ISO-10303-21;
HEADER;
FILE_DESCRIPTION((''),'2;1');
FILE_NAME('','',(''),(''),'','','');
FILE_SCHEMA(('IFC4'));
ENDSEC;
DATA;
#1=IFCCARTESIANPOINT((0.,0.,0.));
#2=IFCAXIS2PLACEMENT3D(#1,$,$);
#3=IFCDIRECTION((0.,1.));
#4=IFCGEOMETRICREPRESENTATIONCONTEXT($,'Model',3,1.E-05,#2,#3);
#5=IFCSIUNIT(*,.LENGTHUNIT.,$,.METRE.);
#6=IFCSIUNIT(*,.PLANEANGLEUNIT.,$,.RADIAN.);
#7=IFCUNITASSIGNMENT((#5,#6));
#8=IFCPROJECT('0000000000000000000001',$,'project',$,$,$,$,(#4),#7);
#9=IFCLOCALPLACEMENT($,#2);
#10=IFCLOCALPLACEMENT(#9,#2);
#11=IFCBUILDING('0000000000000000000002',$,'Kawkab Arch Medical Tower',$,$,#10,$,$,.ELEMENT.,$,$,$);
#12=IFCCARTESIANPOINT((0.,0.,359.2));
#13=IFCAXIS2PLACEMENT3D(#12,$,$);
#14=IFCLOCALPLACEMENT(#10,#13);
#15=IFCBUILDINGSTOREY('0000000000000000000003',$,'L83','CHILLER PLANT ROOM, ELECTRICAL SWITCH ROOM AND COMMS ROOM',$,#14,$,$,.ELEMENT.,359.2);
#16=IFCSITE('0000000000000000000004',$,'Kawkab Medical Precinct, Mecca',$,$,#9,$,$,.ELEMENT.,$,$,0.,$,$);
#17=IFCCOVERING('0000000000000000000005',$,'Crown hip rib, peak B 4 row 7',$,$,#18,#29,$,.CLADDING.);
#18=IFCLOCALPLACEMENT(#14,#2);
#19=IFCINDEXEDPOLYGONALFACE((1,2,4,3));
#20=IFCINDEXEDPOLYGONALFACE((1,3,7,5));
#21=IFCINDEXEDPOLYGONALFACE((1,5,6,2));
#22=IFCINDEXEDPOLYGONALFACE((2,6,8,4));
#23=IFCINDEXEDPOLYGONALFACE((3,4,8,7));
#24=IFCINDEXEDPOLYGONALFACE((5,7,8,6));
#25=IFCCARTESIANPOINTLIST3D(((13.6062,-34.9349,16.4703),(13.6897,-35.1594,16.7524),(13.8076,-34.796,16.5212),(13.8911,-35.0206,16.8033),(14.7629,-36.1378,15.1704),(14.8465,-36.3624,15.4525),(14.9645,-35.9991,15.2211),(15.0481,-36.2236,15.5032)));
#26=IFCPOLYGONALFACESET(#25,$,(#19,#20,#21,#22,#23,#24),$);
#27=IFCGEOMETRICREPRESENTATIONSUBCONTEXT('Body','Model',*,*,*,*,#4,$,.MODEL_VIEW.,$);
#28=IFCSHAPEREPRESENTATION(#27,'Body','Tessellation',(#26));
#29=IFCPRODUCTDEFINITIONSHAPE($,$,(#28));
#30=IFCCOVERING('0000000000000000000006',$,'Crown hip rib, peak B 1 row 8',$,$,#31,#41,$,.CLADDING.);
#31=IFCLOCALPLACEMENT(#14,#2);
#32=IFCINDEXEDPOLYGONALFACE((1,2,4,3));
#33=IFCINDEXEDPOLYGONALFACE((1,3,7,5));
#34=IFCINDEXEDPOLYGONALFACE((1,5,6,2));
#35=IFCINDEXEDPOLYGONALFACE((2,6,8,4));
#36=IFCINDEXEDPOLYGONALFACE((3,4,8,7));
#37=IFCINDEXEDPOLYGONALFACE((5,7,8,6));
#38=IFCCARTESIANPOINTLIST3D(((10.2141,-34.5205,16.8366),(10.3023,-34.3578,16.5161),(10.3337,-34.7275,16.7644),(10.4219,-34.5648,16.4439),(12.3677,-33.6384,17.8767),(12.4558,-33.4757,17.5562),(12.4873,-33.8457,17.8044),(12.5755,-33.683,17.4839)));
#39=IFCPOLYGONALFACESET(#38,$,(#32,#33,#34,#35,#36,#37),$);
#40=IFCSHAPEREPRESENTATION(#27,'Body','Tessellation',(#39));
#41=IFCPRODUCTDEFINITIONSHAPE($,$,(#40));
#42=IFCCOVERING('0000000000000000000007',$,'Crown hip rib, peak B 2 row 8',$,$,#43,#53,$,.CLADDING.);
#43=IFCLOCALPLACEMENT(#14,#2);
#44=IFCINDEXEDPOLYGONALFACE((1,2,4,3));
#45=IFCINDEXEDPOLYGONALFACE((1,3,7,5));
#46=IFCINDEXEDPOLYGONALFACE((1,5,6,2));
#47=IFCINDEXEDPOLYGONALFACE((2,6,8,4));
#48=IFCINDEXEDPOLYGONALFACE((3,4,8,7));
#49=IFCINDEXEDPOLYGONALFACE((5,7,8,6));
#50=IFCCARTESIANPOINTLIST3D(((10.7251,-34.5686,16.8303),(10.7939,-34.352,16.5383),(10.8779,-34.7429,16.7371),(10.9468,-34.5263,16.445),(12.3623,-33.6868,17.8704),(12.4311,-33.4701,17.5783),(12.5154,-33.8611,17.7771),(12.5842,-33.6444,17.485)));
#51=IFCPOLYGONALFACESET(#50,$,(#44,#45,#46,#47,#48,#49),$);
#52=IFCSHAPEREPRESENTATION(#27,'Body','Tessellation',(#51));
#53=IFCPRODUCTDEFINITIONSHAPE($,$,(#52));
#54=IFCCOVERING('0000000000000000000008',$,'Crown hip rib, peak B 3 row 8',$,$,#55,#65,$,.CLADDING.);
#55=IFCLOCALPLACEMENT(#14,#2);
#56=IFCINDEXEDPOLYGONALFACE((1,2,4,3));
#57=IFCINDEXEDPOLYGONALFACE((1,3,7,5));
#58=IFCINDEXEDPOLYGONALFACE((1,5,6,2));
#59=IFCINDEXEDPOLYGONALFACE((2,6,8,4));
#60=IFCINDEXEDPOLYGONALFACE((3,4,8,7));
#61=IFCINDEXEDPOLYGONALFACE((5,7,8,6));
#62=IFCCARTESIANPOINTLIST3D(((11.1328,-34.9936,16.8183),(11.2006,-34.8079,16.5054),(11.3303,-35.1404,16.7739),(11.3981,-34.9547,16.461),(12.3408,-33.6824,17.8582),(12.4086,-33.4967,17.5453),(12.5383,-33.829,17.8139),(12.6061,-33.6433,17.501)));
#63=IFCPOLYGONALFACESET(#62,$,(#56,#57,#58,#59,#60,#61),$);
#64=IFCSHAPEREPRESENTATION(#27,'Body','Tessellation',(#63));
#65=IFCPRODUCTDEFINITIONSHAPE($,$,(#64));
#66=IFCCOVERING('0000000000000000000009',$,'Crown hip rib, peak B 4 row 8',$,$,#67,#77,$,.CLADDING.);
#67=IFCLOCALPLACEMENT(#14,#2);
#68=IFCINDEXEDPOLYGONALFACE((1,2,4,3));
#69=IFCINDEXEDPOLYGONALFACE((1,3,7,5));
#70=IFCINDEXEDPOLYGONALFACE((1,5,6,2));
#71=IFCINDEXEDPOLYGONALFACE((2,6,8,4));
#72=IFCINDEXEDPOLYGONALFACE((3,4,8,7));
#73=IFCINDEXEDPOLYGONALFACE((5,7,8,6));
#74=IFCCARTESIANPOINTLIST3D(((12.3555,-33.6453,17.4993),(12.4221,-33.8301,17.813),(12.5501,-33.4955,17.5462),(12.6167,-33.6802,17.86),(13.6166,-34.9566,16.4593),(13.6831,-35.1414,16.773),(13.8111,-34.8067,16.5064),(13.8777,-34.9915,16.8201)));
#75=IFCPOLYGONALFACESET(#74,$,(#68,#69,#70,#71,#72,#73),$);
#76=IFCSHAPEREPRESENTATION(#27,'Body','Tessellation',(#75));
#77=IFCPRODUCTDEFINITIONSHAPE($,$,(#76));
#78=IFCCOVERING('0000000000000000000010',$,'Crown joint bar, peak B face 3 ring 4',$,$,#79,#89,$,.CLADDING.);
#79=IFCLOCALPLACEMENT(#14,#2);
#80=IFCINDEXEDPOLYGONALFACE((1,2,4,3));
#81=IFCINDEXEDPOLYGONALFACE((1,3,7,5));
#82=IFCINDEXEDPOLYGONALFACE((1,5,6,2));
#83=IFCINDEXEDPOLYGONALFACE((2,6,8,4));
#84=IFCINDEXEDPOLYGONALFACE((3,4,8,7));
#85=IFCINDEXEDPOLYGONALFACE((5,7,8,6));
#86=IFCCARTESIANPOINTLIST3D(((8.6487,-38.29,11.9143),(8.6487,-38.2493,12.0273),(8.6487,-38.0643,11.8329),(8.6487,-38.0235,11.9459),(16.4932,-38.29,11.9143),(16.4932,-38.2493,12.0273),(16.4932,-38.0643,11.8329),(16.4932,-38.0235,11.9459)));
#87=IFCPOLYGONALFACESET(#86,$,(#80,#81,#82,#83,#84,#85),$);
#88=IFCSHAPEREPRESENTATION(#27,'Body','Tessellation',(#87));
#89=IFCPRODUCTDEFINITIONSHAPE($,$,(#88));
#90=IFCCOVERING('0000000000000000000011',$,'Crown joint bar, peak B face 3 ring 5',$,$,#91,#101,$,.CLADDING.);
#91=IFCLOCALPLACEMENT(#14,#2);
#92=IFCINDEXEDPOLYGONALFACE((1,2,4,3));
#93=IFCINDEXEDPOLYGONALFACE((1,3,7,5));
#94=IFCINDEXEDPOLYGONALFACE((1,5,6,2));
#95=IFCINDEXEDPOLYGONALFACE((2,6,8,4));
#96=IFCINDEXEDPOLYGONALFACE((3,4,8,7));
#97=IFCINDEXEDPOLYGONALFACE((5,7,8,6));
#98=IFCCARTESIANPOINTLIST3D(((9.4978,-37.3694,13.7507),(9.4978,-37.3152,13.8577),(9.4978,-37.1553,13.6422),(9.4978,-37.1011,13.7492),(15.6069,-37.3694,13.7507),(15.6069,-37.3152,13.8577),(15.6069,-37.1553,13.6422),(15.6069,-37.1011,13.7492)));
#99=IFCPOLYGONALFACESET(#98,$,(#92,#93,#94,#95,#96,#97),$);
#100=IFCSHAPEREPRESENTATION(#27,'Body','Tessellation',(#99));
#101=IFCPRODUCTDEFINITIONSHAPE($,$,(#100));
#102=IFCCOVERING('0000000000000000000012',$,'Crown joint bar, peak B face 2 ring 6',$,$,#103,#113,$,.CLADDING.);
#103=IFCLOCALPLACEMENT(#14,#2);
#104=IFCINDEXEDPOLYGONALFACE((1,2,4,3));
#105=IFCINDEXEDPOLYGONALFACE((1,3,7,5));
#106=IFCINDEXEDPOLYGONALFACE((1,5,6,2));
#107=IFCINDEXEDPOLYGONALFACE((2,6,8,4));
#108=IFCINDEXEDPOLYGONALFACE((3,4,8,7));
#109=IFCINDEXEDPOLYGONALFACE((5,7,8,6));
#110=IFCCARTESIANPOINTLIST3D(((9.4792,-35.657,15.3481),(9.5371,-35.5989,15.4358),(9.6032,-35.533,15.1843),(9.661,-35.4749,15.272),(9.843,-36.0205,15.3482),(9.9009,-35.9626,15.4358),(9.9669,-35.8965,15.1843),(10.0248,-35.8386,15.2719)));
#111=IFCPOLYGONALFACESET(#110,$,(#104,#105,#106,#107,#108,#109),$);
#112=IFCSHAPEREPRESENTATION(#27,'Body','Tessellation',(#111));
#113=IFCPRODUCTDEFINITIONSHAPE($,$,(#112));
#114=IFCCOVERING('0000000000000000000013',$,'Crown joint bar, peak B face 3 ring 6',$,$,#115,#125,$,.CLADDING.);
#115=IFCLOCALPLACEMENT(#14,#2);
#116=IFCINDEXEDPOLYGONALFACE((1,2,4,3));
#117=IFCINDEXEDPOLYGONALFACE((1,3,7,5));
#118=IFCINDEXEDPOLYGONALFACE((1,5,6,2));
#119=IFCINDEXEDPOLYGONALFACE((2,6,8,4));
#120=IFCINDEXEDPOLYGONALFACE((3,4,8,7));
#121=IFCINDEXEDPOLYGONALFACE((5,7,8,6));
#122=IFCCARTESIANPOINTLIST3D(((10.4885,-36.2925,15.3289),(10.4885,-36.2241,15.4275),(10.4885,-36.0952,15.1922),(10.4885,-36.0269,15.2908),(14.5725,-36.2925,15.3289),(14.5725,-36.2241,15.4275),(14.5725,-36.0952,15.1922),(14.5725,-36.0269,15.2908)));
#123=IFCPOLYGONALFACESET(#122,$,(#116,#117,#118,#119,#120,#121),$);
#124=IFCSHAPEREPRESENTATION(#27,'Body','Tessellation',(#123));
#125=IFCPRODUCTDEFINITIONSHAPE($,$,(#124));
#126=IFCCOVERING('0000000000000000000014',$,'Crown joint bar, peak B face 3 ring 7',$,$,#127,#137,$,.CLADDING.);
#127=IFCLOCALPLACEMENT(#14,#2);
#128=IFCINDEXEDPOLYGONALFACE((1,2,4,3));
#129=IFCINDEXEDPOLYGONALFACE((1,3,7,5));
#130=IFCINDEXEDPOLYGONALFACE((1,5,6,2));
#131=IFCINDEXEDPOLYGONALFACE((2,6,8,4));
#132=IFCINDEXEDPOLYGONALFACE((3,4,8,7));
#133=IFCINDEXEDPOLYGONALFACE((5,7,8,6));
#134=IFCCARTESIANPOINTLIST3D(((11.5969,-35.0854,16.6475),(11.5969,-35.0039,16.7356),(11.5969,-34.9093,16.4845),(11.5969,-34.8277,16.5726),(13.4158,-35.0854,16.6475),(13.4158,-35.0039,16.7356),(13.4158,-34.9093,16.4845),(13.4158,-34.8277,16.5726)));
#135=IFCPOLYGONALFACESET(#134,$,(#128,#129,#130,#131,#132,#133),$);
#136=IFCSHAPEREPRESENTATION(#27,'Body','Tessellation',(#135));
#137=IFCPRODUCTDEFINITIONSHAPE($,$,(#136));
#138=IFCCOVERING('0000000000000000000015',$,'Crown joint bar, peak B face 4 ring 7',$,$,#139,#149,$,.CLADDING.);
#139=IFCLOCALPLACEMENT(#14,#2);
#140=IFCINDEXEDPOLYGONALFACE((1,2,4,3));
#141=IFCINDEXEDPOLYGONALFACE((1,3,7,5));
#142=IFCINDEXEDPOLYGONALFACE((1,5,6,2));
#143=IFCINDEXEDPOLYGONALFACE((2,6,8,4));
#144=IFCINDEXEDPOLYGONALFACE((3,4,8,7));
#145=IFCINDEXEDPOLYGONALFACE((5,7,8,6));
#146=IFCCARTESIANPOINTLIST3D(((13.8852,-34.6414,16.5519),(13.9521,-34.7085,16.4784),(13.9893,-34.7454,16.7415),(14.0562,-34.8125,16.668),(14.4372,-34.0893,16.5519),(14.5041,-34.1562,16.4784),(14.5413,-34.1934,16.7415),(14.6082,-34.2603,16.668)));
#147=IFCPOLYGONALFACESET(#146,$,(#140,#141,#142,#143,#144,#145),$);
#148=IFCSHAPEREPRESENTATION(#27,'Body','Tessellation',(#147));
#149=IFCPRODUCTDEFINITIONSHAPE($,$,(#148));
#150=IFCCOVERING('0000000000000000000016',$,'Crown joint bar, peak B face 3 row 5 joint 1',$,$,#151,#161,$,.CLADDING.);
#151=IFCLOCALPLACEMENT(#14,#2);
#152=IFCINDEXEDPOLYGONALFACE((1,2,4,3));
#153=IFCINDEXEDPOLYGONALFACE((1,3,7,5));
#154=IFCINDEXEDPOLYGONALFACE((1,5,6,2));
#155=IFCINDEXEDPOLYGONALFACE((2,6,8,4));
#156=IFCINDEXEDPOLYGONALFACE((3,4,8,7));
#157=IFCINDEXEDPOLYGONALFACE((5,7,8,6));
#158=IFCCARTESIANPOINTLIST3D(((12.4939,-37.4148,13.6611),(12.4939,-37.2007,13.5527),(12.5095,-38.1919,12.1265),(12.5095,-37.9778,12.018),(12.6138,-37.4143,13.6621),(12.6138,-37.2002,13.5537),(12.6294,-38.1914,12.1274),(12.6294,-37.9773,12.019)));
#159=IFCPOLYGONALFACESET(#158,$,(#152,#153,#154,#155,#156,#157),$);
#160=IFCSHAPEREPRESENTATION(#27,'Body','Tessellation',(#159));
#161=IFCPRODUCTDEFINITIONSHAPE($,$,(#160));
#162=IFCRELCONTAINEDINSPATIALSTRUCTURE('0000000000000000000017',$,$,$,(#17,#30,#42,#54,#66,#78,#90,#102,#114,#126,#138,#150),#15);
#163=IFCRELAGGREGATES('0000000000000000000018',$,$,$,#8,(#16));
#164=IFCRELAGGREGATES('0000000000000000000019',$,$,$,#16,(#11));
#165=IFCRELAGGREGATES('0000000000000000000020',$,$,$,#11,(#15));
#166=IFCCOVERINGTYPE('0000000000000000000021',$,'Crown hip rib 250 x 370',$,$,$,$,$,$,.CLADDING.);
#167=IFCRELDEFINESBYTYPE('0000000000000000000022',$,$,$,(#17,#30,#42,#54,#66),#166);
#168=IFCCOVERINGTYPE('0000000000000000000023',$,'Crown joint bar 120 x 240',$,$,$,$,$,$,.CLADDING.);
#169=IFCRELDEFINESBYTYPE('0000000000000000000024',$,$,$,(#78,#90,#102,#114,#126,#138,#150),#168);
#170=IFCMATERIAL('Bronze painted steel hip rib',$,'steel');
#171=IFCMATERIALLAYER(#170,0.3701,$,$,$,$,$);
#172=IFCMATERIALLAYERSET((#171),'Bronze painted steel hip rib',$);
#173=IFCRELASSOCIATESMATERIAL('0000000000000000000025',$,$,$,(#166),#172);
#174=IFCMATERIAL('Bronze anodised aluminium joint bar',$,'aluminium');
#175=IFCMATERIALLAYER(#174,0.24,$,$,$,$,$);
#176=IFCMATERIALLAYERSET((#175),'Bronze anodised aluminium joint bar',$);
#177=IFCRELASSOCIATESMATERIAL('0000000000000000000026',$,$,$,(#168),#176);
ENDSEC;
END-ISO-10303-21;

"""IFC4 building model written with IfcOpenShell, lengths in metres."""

from ifc_helpers import new_model, si_unit, direction, frame, origin, place, context, subcontext, project, spatial, polyline, outline, extrude, material, layer, layer_set, type_object, element, save


model = new_model("IFC4")

# Units and contexts
model_context = context("Model", 3, precision=1e-05, world=origin(), true_north=direction((0.0, 1.0)))
body_context = subcontext(model_context, "Body", "Model", "MODEL_VIEW")
ifc_project = project(units=[si_unit("LENGTHUNIT", "METRE"), si_unit("PLANEANGLEUNIT", "RADIAN")], contexts=[model_context])

# Site, building, storey
site_placement = place(None, origin())
site = spatial("IfcSite", under=ifc_project, at=site_placement, Name="Kawkab Medical Precinct, Mecca", CompositionType="ELEMENT", RefElevation=0.0)
building_placement = place(site_placement, origin())
building = spatial("IfcBuilding", under=site, at=building_placement, Name="Kawkab Arch Medical Tower", CompositionType="ELEMENT")
storey_placement = place(building_placement, frame((0.0, 0.0, 359.2)))
storey = spatial("IfcBuildingStorey", under=building, at=storey_placement, Name="L83", Description="CHILLER PLANT ROOM, ELECTRICAL SWITCH ROOM AND COMMS ROOM", CompositionType="ELEMENT", Elevation=359.2)

# Coverings
ifc_material_1 = material(Name="Bronze painted steel hip rib", Category="steel")
ifc_layer_1 = layer(ifc_material_1, 0.3701)
ifc_layer_set_1 = layer_set([ifc_layer_1], Name="Bronze painted steel hip rib")
covering_type_1 = type_object("IfcCoveringType", Name="Crown hip rib 250 x 370", PredefinedType="CLADDING", material=ifc_layer_set_1)
covering_1_placement = place(storey_placement, frame((15.0481, -36.2236, 15.5032), z_axis=(0.225729, -0.606659, 0.762241), x_axis=(-0.546841, 0.568632, 0.61451)))
element("IfcCovering", 1, at=covering_1_placement, inside=storey, type_object=covering_type_1, Name="Crown hip rib, peak B 4 row 7", PredefinedType="CLADDING", context=body_context, shape_type="SweptSolid", body=[
    extrude(outline(polyline([(0.0, 0.0), (2.1157, 0.0), (2.1157, 0.2499), (0.0002, 0.25), (0.0, 0.0)])), origin(), (0.0, 0.0, -1.0), 0.3701),
])
covering_2_placement = place(storey_placement, frame((10.3337, -34.7275, 16.7644), z_axis=(-0.238177, -0.439654, 0.866012), x_axis=(0.844887, 0.345969, 0.408008)))
element("IfcCovering", 2, at=covering_2_placement, inside=storey, type_object=covering_type_1, Name="Crown hip rib, peak B 1 row 8", PredefinedType="CLADDING", context=body_context, shape_type="SweptSolid", body=[
    extrude(outline(polyline([(0.0, 0.0), (2.549, 0.0), (2.5491, 0.25), (0.0, 0.2498), (0.0, 0.0)])), origin(), (0.0, 0.0, -1.0), 0.3701),
])
covering_3_placement = place(storey_placement, frame((10.8779, -34.7429, 16.7371), z_axis=(-0.185982, -0.585388, 0.789134), x_axis=(0.768444, 0.413834, 0.488093)))
element("IfcCovering", 3, at=covering_3_placement, inside=storey, type_object=covering_type_1, Name="Crown hip rib, peak B 2 row 8", PredefinedType="CLADDING", context=body_context, shape_type="SweptSolid", body=[
    extrude(outline(polyline([(0.0, 0.0), (2.1309, 0.0), (2.1309, 0.25), (0.0002, 0.2499), (0.0, 0.0)])), origin(), (0.0, 0.0, -1.0), 0.3701),
])
covering_4_placement = place(storey_placement, frame((11.3303, -35.1404, 16.7739), z_axis=(-0.183096, -0.501772, 0.8454), x_axis=(0.585262, 0.635311, 0.503834)))
element("IfcCovering", 4, at=covering_4_placement, inside=storey, type_object=covering_type_1, Name="Crown hip rib, peak B 3 row 8", PredefinedType="CLADDING", context=body_context, shape_type="SweptSolid", body=[
    extrude(outline(polyline([(0.0, 0.0), (2.0641, 0.0), (2.064, 0.25), (0.0, 0.25), (0.0, 0.0)])), origin(), (0.0, 0.0, -1.0), 0.3701),
])
covering_5_placement = place(storey_placement, frame((13.8777, -34.9915, 16.8201), z_axis=(0.179872, -0.49922, 0.8476), x_axis=(-0.601778, 0.625764, 0.496269)))
element("IfcCovering", 5, at=covering_5_placement, inside=storey, type_object=covering_type_1, Name="Crown hip rib, peak B 4 row 8", PredefinedType="CLADDING", context=body_context, shape_type="SweptSolid", body=[
    extrude(outline(polyline([(0.0, 0.0), (2.0954, 0.0), (2.0954, 0.2501), (-0.0001, 0.2501), (0.0, 0.0)])), origin(), (0.0, 0.0, -1.0), 0.3701),
])
ifc_material_2 = material(Name="Bronze anodised aluminium joint bar", Category="aluminium")
ifc_layer_2 = layer(ifc_material_2, 0.24)
ifc_layer_set_2 = layer_set([ifc_layer_2], Name="Bronze anodised aluminium joint bar")
covering_type_2 = type_object("IfcCoveringType", Name="Crown joint bar 120 x 240", PredefinedType="CLADDING", material=ifc_layer_set_2)
covering_6_placement = place(storey_placement, frame((8.6487, -38.29, 11.9143), z_axis=(0.0, -0.94068, 0.339295), x_axis=(1.0, 0.0, 0.0)))
element("IfcCovering", 6, at=covering_6_placement, inside=storey, type_object=covering_type_2, Name="Crown joint bar, peak B face 3 ring 4", PredefinedType="CLADDING", context=body_context, shape_type="SweptSolid", body=[
    extrude(outline(polyline([(0.0, 0.0), (7.8445, 0.0), (7.8445, 0.1202), (0.0, 0.1202), (0.0, 0.0)])), origin(), (0.0, 0.0, -1.0), 0.24),
])
covering_7_placement = place(storey_placement, frame((9.4978, -37.3694, 13.7507), z_axis=(0.0, -0.89197, 0.452094), x_axis=(1.0, 0.0, 0.0)))
element("IfcCovering", 7, at=covering_7_placement, inside=storey, type_object=covering_type_2, Name="Crown joint bar, peak B face 3 ring 5", PredefinedType="CLADDING", context=body_context, shape_type="SweptSolid", body=[
    extrude(outline(polyline([(0.0, 0.0), (6.1091, 0.0), (6.1091, 0.1199), (0.0, 0.1199), (0.0, 0.0)])), origin(), (0.0, 0.0, -1.0), 0.24),
])
covering_8_placement = place(storey_placement, frame((9.4792, -35.657, 15.3481), z_axis=(-0.51652, -0.516694, 0.682814), x_axis=(0.707281, -0.706933, 0.000084)))
element("IfcCovering", 8, at=covering_8_placement, inside=storey, type_object=covering_type_2, Name="Crown joint bar, peak B face 2 ring 6", PredefinedType="CLADDING", context=body_context, shape_type="SweptSolid", body=[
    extrude(outline(polyline([(0.0, 0.0), (0.5143, 0.0), (0.5143, 0.1199), (-0.0001, 0.12), (0.0, 0.0)])), origin(), (0.0, 0.0, -1.0), 0.24),
])
covering_9_placement = place(storey_placement, frame((10.4885, -36.2925, 15.3289), z_axis=(0.0, -0.821899, 0.569633), x_axis=(1.0, 0.0, 0.0)))
element("IfcCovering", 9, at=covering_9_placement, inside=storey, type_object=covering_type_2, Name="Crown joint bar, peak B face 3 ring 6", PredefinedType="CLADDING", context=body_context, shape_type="SweptSolid", body=[
    extrude(outline(polyline([(0.0, 0.0), (4.084, 0.0), (4.084, 0.12), (0.0, 0.12), (0.0, 0.0)])), origin(), (0.0, 0.0, -1.0), 0.24),
])
covering_10_placement = place(storey_placement, frame((11.5969, -35.0854, 16.6475), z_axis=(0.0, -0.734023, 0.679124), x_axis=(1.0, 0.0, 0.0)))
element("IfcCovering", 10, at=covering_10_placement, inside=storey, type_object=covering_type_2, Name="Crown joint bar, peak B face 3 ring 7", PredefinedType="CLADDING", context=body_context, shape_type="SweptSolid", body=[
    extrude(outline(polyline([(0.0, 0.0), (1.8188, 0.0), (1.8188, 0.1201), (0.0, 0.1201), (0.0, 0.0)])), origin(), (0.0, 0.0, -1.0), 0.24),
])
covering_11_placement = place(storey_placement, frame((14.0562, -34.8125, 16.668), z_axis=(0.433577, -0.433481, 0.790003), x_axis=(0.70698, 0.707234, 0.000054)))
element("IfcCovering", 11, at=covering_11_placement, inside=storey, type_object=covering_type_2, Name="Crown joint bar, peak B face 4 ring 7", PredefinedType="CLADDING", context=body_context, shape_type="SweptSolid", body=[
    extrude(outline(polyline([(0.0, 0.0), (0.7808, 0.0), (0.7808, 0.1198), (0.0002, 0.1199), (0.0, 0.0)])), origin(), (0.0, 0.0, -1.0), 0.24),
])
covering_12_placement = place(storey_placement, frame((12.6294, -38.1914, 12.1274), z_axis=(-0.000046, -0.892145, 0.451749), x_axis=(-0.009083, 0.451731, 0.892108)))
element("IfcCovering", 12, at=covering_12_placement, inside=storey, type_object=covering_type_2, Name="Crown joint bar, peak B face 3 row 5 joint 1", PredefinedType="CLADDING", context=body_context, shape_type="SweptSolid", body=[
    extrude(outline(polyline([(0.0, 0.0), (1.7203, 0.0), (1.7203, 0.1199), (0.0, 0.1199), (0.0, 0.0)])), origin(), (0.0, 0.0, -1.0), 0.24),
])

save(model, "model.ifc")
